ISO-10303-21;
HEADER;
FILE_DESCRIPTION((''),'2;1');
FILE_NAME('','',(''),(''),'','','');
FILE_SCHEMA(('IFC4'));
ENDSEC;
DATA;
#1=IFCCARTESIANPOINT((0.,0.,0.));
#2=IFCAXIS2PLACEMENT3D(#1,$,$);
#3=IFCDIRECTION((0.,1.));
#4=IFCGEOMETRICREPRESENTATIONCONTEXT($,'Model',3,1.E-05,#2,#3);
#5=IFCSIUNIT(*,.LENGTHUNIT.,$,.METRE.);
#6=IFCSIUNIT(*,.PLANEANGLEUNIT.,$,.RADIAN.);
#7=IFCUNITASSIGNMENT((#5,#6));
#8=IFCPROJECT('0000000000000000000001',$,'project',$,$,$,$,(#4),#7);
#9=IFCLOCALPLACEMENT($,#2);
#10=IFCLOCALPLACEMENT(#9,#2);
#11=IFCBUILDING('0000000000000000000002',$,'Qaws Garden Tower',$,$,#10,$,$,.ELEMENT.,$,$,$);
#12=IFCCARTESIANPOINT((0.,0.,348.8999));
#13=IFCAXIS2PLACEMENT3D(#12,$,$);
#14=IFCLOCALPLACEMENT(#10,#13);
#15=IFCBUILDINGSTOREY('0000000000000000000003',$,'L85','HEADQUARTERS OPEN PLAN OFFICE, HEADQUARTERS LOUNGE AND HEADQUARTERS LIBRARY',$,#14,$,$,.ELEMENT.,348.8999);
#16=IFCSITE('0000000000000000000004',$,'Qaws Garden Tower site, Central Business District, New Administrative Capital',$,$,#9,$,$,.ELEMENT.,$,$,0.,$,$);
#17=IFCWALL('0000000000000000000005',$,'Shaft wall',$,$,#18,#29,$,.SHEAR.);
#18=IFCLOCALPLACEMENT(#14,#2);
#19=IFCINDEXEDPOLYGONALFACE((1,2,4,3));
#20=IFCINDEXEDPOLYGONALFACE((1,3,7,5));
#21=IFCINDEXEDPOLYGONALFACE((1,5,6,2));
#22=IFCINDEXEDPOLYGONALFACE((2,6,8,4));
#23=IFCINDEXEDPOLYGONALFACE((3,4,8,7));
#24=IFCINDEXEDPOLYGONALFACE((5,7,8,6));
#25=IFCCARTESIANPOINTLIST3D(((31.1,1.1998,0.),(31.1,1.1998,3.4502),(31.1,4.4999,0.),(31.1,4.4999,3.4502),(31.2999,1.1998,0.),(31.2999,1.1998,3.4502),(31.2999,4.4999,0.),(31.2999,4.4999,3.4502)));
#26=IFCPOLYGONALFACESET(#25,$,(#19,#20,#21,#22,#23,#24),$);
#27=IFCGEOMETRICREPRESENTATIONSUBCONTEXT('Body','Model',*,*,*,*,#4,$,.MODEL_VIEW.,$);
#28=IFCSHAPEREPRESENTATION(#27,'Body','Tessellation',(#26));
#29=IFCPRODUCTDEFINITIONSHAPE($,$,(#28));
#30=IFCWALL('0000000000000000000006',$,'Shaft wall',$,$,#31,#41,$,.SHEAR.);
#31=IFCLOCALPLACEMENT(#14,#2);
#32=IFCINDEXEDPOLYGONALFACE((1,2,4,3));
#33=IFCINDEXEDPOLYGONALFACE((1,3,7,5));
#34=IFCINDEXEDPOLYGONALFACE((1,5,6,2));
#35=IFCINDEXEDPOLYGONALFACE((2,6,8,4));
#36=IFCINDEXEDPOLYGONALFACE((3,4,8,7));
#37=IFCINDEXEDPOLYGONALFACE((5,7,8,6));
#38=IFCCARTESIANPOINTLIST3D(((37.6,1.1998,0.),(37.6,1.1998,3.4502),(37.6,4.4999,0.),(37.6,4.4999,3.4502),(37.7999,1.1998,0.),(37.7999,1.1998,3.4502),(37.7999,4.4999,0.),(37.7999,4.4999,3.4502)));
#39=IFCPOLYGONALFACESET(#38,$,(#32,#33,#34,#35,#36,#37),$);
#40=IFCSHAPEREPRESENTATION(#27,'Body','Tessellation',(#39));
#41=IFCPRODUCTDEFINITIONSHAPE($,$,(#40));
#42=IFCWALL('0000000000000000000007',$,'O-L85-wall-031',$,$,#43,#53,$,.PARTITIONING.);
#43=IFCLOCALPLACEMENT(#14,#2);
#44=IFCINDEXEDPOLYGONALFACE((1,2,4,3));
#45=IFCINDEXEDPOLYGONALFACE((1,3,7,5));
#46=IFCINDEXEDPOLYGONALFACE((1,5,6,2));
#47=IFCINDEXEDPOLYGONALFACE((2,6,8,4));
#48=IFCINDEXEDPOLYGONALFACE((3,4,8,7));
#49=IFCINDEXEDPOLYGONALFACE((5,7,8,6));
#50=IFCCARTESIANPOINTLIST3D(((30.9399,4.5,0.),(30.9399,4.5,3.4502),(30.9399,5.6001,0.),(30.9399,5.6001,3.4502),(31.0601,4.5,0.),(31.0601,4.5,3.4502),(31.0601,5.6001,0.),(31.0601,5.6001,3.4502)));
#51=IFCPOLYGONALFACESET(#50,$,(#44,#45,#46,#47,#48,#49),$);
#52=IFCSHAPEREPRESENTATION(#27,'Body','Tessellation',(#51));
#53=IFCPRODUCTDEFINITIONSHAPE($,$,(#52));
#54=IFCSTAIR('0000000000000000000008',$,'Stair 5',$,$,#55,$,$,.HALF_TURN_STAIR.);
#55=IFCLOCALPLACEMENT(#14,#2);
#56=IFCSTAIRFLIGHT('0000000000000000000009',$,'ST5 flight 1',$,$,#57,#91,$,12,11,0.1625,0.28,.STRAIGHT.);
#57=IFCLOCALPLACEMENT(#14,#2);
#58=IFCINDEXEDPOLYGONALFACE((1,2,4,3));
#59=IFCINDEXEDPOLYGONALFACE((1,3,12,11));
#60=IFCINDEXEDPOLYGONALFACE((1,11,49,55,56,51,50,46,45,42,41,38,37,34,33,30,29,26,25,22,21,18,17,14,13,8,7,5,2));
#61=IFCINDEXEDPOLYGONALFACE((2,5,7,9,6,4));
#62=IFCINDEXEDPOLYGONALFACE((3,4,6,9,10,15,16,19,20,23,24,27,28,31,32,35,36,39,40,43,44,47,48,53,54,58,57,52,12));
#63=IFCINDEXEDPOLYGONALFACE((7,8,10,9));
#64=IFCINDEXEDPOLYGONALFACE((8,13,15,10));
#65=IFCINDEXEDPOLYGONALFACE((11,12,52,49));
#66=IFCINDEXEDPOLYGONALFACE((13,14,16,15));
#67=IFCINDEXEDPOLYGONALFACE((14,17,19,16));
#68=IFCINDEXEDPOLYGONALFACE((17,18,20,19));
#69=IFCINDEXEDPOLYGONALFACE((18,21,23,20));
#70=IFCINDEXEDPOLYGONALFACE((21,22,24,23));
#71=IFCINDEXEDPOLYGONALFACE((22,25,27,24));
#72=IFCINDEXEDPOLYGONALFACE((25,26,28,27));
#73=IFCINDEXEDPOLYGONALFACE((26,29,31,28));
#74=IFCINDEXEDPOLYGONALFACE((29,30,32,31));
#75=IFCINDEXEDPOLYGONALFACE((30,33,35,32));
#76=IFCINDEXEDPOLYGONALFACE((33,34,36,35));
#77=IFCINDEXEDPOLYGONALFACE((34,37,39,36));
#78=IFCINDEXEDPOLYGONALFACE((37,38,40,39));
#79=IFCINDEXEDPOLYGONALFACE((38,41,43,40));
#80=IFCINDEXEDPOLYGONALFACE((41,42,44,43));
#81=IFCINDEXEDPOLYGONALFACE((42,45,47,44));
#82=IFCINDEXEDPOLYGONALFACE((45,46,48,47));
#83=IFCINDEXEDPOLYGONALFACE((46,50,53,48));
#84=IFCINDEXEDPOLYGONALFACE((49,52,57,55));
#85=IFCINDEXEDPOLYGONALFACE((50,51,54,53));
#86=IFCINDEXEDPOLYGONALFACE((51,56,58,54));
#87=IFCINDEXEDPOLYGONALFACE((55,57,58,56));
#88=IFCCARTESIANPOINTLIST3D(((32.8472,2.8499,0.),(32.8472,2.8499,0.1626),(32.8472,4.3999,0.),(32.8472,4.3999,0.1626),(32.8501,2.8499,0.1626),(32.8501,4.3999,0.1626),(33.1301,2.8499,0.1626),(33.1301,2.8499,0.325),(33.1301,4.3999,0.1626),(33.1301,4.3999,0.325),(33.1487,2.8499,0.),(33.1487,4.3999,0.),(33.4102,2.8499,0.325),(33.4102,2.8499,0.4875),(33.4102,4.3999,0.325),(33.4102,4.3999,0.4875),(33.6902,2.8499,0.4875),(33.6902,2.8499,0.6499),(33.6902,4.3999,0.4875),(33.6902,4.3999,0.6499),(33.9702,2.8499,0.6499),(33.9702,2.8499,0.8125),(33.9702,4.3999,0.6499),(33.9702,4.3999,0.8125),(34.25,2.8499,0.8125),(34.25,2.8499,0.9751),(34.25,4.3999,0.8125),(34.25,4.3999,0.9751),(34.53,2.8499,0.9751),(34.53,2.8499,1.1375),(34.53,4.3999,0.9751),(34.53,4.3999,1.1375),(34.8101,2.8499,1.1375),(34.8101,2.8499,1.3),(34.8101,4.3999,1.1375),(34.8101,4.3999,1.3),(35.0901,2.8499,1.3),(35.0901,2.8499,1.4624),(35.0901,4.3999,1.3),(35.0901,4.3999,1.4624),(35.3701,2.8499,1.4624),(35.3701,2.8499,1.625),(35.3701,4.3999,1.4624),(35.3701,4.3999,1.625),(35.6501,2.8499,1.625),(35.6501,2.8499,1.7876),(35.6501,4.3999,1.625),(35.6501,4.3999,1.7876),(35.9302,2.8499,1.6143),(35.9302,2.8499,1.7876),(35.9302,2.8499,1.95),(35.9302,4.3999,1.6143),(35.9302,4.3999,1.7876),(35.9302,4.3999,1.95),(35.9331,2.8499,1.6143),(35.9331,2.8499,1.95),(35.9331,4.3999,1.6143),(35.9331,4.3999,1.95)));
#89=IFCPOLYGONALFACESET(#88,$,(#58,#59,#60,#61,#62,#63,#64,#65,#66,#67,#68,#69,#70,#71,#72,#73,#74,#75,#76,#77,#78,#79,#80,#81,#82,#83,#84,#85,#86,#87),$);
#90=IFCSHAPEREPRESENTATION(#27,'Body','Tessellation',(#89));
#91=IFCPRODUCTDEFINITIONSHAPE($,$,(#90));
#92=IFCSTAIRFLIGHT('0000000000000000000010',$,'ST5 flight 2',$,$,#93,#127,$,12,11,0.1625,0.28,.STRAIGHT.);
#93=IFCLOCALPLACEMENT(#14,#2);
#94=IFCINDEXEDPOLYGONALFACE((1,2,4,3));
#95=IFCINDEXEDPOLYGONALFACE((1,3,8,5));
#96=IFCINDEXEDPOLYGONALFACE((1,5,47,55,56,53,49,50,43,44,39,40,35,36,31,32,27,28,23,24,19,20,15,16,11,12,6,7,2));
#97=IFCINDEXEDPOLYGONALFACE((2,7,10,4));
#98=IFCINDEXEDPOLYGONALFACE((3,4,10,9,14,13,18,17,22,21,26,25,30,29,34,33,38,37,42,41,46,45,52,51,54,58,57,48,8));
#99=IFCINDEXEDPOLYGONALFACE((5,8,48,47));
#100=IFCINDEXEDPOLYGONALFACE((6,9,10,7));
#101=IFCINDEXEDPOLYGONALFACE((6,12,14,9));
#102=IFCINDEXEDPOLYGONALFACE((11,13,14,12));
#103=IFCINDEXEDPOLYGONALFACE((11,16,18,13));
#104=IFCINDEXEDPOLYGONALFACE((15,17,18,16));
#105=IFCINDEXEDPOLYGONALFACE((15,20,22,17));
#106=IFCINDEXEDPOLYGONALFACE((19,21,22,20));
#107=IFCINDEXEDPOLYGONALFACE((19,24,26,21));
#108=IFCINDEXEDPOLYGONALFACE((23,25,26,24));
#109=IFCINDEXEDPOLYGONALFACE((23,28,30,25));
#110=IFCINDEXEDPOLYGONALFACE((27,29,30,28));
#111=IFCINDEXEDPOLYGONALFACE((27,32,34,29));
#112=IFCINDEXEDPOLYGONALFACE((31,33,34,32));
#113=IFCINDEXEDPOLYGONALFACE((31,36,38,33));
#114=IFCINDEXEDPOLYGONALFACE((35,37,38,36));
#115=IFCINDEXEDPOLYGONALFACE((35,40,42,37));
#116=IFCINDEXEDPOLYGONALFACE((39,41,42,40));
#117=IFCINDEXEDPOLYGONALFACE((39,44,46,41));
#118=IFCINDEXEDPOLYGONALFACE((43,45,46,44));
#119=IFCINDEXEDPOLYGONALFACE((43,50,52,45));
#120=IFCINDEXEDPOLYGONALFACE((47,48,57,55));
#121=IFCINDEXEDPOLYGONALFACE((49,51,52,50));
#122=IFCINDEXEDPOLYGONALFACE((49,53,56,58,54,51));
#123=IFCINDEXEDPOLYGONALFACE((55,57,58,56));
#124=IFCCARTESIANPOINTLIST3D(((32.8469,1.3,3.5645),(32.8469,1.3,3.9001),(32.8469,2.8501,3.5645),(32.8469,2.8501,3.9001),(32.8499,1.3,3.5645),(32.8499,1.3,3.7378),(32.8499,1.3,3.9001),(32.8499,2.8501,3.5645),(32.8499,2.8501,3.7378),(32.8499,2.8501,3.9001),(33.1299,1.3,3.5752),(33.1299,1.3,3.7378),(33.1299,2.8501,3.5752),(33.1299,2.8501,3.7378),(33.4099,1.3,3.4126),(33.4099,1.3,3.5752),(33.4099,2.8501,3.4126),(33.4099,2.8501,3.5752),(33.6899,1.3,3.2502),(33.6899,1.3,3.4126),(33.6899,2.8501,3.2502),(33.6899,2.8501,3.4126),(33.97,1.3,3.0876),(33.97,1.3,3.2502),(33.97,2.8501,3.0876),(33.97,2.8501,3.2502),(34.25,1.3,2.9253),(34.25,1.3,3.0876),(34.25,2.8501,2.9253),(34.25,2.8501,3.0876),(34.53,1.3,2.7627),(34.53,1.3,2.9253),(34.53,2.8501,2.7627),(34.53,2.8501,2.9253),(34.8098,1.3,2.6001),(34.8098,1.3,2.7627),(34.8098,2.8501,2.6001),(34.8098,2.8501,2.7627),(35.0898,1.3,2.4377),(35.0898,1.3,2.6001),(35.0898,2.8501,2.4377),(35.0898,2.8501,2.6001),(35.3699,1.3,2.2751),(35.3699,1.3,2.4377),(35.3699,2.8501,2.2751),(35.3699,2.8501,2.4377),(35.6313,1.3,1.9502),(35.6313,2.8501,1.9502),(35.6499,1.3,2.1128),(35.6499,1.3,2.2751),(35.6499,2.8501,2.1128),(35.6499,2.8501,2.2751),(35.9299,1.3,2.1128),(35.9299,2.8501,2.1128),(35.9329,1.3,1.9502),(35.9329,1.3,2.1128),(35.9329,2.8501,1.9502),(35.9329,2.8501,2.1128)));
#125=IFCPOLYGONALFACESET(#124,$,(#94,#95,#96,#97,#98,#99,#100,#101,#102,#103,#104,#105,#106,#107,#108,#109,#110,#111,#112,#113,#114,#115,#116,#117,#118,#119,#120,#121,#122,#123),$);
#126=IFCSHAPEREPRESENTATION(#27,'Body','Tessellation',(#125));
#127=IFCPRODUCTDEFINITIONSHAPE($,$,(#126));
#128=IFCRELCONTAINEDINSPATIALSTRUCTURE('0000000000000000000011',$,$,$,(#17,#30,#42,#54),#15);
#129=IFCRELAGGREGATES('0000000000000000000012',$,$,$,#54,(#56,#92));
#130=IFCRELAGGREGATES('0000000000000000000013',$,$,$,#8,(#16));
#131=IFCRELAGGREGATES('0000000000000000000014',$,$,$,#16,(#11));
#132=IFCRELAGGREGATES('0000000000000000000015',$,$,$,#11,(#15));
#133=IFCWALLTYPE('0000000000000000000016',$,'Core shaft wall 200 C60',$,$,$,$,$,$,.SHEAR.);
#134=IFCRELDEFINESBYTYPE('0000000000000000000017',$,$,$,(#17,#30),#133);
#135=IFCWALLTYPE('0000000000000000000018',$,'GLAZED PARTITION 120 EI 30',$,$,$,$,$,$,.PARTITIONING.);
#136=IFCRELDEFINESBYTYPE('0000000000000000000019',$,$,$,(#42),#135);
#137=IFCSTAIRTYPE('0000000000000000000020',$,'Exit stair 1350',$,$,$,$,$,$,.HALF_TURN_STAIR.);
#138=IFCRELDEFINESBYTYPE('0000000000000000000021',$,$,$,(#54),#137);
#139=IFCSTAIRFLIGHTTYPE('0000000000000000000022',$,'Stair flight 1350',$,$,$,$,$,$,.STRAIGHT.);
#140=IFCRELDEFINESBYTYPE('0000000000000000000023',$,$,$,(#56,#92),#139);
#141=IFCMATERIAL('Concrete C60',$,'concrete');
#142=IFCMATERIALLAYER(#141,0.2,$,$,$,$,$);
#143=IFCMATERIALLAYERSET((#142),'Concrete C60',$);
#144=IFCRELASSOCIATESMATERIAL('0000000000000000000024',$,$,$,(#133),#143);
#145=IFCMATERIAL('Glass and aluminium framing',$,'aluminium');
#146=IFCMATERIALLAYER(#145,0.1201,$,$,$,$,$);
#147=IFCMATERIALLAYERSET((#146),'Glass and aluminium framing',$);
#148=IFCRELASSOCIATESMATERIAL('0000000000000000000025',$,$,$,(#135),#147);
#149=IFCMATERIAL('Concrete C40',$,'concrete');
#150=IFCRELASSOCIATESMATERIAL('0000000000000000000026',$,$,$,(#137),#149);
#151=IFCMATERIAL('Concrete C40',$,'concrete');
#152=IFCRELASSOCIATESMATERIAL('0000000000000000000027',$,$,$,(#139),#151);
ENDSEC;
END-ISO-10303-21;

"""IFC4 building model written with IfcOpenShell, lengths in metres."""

from ifc_helpers import new_model, si_unit, direction, frame, frame_2d, origin, place, context, subcontext, project, spatial, polyline, rectangle, outline, extrude, material, layer, layer_set, type_object, element, aggregate, save


model = new_model("IFC4")

# Units and contexts
model_context = context("Model", 3, precision=1e-05, world=origin(), true_north=direction((0.0, 1.0)))
body_context = subcontext(model_context, "Body", "Model", "MODEL_VIEW")
ifc_project = project(units=[si_unit("LENGTHUNIT", "METRE"), si_unit("PLANEANGLEUNIT", "RADIAN")], contexts=[model_context])

# Site, building, storey
site_placement = place(None, origin())
site = spatial("IfcSite", under=ifc_project, at=site_placement, Name="Qaws Garden Tower site, Central Business District, New Administrative Capital", CompositionType="ELEMENT", RefElevation=0.0)
building_placement = place(site_placement, origin())
building = spatial("IfcBuilding", under=site, at=building_placement, Name="Qaws Garden Tower", CompositionType="ELEMENT")
storey_placement = place(building_placement, frame((0.0, 0.0, 348.8999)))
storey = spatial("IfcBuildingStorey", under=building, at=storey_placement, Name="L85", Description="HEADQUARTERS OPEN PLAN OFFICE, HEADQUARTERS LOUNGE AND HEADQUARTERS LIBRARY", CompositionType="ELEMENT", Elevation=348.8999)

# Shared definitions
ifc_material_1 = material(Name="Concrete C60", Category="concrete")
ifc_layer_1 = layer(ifc_material_1, 0.2)
ifc_layer_set_1 = layer_set([ifc_layer_1], Name="Concrete C60")
wall_type_1 = type_object("IfcWallType", Name="Core shaft wall 200 C60", PredefinedType="SHEAR", material=ifc_layer_set_1)

# Walls
for number, where, z_axis, x_axis, name in (
    (1, (31.2, 1.2, 0.0), (0.0, 0.0, 1.0), (0.0, 1.0, 0.0), "Shaft wall"),
    (2, (37.7, 1.2, 0.0), (0.0, 0.0, 1.0), (0.0, 1.0, 0.0), "Shaft wall"),
):
    element("IfcWall", number, at=place(storey_placement, frame(where, z_axis=z_axis, x_axis=x_axis)), inside=storey, type_object=wall_type_1, Name=name, PredefinedType="SHEAR", context=body_context, shape_type="SweptSolid", body=[
        extrude(rectangle(XDim=3.3, YDim=0.2, at=frame_2d((1.6499, 0.0))), origin(), (0.0, 0.0, 1.0), 3.4502),
    ])
ifc_material_2 = material(Name="Glass and aluminium framing", Category="aluminium")
ifc_layer_2 = layer(ifc_material_2, 0.1201)
ifc_layer_set_2 = layer_set([ifc_layer_2], Name="Glass and aluminium framing")
wall_type_2 = type_object("IfcWallType", Name="GLAZED PARTITION 120 EI 30", PredefinedType="PARTITIONING", material=ifc_layer_set_2)
wall_1_placement = place(storey_placement, frame((31.0, 4.5, 0.0), z_axis=(0.0, 0.0, 1.0), x_axis=(0.0, 1.0, 0.0)))
element("IfcWall", 3, at=wall_1_placement, inside=storey, type_object=wall_type_2, Name="O-L85-wall-031", PredefinedType="PARTITIONING", context=body_context, shape_type="SweptSolid", body=[
    extrude(rectangle(XDim=1.1001, YDim=0.1201, at=frame_2d((0.55, 0.0))), origin(), (0.0, 0.0, 1.0), 3.4502),
])

# Stair, stair flights
ifc_material_3 = material(Name="Concrete C40", Category="concrete")
stair_type = type_object("IfcStairType", Name="Exit stair 1350", PredefinedType="HALF_TURN_STAIR", material=ifc_material_3)
stair_placement = place(storey_placement, origin())
stair = element("IfcStair", 4, at=stair_placement, inside=storey, type_object=stair_type, Name="Stair 5", PredefinedType="HALF_TURN_STAIR")
ifc_material_4 = material(Name="Concrete C40", Category="concrete")
stair_flight_type = type_object("IfcStairFlightType", Name="Stair flight 1350", PredefinedType="STRAIGHT", material=ifc_material_4)
stair_flight_1_placement = place(storey_placement, frame((32.8501, 3.625, 0.0), z_axis=(0.0, 0.0, 1.0), x_axis=(1.0, 0.0, 0.0)))
stair_flight_1 = element("IfcStairFlight", 5, at=stair_flight_1_placement, type_object=stair_flight_type, Name="ST5 flight 1", NumberOfRisers=12, NumberOfTreads=11, PredefinedType="STRAIGHT", RiserHeight=0.1625, TreadLength=0.28, context=body_context, shape_type="SweptSolid", body=[
    extrude(outline(polyline([(-0.0029, 0.0), (-0.0029, 0.1626), (0.0, 0.1626), (0.28, 0.1626), (0.28, 0.325), (0.5601, 0.325), (0.5601, 0.4875), (0.8401, 0.4875), (0.8401, 0.6499), (1.1201, 0.6499), (1.1201, 0.8125), (1.3999, 0.8125), (1.3999, 0.9751), (1.6799, 0.9751), (1.6799, 1.1375), (1.96, 1.1375), (1.96, 1.3), (2.24, 1.3), (2.24, 1.4624), (2.52, 1.4624), (2.52, 1.625), (2.8, 1.625), (2.8, 1.7876), (3.0801, 1.7876), (3.0801, 1.95), (3.083, 1.95), (3.083, 1.6143), (3.0801, 1.6143), (0.2986, 0.0), (-0.0029, 0.0)])), frame((0.0, 0.7749, 0.0), z_axis=(0.0, -1.0, 0.0), x_axis=(1.0, 0.0, 0.0)), (0.0, 0.0, 1.0), 1.55),
])
stair_flight_2_placement = place(storey_placement, frame((35.9299, 2.075, 1.9502), z_axis=(0.0, 0.0, 1.0), x_axis=(-1.0, 0.0, 0.0)))
stair_flight_2 = element("IfcStairFlight", 6, at=stair_flight_2_placement, type_object=stair_flight_type, Name="ST5 flight 2", NumberOfRisers=12, NumberOfTreads=11, PredefinedType="STRAIGHT", RiserHeight=0.1625, TreadLength=0.28, context=body_context, shape_type="SweptSolid", body=[
    extrude(outline(polyline([(-0.0029, 0.0), (-0.0029, 0.1626), (0.0, 0.1626), (0.28, 0.1626), (0.28, 0.325), (0.5601, 0.325), (0.5601, 0.4875), (0.8401, 0.4875), (0.8401, 0.6499), (1.1201, 0.6499), (1.1201, 0.8125), (1.3999, 0.8125), (1.3999, 0.9751), (1.6799, 0.9751), (1.6799, 1.1375), (1.96, 1.1375), (1.96, 1.3), (2.24, 1.3), (2.24, 1.4624), (2.52, 1.4624), (2.52, 1.625), (2.8, 1.625), (2.8, 1.7876), (3.0801, 1.7876), (3.0801, 1.95), (3.083, 1.95), (3.083, 1.6143), (3.0801, 1.6143), (0.2986, 0.0), (-0.0029, 0.0)])), frame((0.0, 0.7749, 0.0), z_axis=(0.0, -1.0, 0.0), x_axis=(1.0, 0.0, 0.0)), (0.0, 0.0, 1.0), 1.55),
])
aggregate(stair, [stair_flight_1, stair_flight_2])

save(model, "model.ifc")
